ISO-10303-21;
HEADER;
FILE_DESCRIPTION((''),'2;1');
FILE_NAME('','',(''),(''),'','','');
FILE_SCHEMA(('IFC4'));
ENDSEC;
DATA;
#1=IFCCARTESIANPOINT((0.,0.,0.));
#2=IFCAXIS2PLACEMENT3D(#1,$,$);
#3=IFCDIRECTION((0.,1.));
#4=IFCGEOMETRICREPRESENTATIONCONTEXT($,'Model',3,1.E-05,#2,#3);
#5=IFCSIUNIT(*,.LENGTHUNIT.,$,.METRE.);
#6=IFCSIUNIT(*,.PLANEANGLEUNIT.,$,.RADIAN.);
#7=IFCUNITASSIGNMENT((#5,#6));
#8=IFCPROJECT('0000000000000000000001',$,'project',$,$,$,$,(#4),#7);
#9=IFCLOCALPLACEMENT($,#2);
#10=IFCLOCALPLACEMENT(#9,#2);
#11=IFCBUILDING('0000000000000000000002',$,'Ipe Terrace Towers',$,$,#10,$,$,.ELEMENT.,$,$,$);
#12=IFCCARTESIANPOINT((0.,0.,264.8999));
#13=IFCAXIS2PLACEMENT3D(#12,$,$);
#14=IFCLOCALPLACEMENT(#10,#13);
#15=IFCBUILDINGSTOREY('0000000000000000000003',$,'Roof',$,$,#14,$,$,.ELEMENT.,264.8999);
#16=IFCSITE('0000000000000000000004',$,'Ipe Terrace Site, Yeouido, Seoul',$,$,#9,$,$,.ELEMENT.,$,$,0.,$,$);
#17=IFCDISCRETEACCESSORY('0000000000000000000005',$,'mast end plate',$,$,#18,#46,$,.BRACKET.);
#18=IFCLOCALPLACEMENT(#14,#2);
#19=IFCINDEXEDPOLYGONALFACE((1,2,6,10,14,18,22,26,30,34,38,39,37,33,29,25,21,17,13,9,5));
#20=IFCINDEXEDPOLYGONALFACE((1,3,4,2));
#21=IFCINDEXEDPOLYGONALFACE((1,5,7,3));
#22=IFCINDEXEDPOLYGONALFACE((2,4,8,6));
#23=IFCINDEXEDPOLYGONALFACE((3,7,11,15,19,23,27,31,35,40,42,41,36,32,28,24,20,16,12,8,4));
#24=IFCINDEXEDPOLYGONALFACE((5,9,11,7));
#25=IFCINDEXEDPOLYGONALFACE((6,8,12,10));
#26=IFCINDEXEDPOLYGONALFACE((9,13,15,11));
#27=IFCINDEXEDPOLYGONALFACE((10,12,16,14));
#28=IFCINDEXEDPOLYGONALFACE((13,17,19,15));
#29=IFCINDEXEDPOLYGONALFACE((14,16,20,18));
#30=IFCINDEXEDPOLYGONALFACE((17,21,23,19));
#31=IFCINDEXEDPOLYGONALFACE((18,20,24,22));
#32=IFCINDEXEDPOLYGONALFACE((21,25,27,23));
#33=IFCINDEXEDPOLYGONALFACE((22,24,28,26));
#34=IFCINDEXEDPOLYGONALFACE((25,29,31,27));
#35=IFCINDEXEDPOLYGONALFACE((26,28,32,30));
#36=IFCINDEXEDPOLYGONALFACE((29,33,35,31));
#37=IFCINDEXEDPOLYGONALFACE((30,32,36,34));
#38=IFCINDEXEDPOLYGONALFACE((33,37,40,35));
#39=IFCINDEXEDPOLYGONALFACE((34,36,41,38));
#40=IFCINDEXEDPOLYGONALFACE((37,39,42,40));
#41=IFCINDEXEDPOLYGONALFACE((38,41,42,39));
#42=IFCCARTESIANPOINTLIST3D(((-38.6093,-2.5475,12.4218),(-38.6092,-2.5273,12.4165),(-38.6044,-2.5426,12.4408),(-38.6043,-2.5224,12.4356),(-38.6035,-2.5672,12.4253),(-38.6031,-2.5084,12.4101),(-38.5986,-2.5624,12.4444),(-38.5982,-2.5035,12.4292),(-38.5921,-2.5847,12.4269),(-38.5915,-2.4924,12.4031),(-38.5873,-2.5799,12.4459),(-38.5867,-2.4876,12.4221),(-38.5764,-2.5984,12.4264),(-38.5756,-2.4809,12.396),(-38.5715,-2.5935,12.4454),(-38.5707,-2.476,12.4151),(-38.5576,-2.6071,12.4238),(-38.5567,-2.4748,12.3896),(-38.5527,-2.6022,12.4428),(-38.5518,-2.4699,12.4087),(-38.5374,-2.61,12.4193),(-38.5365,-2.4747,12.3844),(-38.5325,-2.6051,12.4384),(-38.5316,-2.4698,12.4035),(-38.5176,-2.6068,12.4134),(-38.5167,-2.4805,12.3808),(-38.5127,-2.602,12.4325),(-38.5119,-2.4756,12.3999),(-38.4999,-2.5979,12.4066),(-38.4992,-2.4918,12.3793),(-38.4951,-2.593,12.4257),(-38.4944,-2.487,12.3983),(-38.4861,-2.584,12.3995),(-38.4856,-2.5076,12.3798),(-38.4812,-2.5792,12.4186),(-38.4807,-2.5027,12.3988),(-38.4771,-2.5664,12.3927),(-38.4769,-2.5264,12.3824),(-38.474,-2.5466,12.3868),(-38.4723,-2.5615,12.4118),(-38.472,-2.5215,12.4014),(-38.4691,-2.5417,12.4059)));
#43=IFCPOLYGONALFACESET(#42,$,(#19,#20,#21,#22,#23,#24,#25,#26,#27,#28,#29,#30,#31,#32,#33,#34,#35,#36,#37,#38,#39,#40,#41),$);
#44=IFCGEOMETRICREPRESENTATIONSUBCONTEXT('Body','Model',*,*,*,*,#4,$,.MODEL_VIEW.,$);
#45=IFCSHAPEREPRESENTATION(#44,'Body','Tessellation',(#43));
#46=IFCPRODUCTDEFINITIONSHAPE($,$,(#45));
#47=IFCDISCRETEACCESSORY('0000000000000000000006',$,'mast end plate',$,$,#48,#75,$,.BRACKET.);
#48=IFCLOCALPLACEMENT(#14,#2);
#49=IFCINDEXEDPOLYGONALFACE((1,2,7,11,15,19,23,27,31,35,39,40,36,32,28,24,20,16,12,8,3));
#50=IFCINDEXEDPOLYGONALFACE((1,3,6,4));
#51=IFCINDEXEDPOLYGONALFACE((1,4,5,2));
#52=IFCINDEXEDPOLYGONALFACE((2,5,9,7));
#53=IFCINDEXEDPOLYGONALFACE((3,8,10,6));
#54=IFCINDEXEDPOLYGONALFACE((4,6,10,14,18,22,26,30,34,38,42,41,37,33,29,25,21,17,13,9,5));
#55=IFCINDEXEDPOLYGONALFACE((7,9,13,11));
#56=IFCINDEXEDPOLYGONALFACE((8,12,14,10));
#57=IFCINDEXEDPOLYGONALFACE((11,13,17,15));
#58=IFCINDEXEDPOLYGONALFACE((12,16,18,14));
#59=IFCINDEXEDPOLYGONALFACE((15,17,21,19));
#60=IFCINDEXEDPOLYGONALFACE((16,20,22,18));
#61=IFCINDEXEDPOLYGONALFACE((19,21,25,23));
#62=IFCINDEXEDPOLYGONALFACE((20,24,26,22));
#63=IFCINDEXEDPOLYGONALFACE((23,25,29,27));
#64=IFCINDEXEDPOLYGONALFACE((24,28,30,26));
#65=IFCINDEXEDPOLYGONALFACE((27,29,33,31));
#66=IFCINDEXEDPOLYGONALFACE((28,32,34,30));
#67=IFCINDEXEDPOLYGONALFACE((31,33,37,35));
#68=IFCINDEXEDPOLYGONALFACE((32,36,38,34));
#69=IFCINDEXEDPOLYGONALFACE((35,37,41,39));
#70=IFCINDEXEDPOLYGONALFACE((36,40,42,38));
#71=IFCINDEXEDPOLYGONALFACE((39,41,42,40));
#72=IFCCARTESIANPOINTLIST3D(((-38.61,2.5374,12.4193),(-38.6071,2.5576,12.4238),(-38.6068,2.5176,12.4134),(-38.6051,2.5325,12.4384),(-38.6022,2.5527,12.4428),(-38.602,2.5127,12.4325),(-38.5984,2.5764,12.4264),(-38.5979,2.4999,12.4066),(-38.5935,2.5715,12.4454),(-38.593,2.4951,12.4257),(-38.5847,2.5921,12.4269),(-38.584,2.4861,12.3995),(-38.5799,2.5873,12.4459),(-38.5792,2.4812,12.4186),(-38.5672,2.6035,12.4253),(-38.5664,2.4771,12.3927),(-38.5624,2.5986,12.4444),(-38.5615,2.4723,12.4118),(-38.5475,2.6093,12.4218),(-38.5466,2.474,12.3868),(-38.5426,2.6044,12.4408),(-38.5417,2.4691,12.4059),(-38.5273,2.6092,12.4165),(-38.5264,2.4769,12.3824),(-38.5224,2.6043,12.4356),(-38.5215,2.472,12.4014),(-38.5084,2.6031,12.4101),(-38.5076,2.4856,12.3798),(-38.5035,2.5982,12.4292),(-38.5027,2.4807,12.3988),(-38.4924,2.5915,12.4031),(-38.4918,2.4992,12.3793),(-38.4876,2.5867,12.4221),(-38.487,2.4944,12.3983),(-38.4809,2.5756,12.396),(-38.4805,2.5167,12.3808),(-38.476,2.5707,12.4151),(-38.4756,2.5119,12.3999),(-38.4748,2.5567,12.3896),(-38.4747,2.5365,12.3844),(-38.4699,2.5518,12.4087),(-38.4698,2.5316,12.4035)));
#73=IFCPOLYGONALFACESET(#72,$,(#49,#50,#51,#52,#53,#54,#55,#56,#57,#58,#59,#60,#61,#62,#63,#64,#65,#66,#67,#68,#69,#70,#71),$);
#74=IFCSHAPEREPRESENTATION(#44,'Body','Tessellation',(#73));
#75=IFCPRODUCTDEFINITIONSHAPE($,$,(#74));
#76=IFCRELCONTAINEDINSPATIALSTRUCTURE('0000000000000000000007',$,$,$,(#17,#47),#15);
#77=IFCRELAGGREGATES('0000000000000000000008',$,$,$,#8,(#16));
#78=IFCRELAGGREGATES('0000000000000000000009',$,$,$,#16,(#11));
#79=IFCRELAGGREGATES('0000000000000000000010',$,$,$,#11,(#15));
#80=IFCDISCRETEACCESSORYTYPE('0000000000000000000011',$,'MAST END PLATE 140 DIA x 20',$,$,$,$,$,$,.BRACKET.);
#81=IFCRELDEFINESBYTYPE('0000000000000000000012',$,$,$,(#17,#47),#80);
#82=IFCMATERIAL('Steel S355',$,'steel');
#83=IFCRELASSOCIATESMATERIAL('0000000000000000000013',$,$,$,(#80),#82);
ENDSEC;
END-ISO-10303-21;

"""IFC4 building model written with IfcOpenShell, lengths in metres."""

from ifc_helpers import new_model, si_unit, direction, frame, origin, origin_2d, place, context, subcontext, project, spatial, circle, extrude, material, material_profile, profile_set, type_object, element, save


model = new_model("IFC4")

# Units and contexts
model_context = context("Model", 3, precision=1e-05, world=origin(), true_north=direction((0.0, 1.0)))
body_context = subcontext(model_context, "Body", "Model", "MODEL_VIEW")
ifc_project = project(units=[si_unit("LENGTHUNIT", "METRE"), si_unit("PLANEANGLEUNIT", "RADIAN")], contexts=[model_context])

# Site, building, storey
site_placement = place(None, origin())
site = spatial("IfcSite", under=ifc_project, at=site_placement, Name="Ipe Terrace Site, Yeouido, Seoul", CompositionType="ELEMENT", RefElevation=0.0)
building_placement = place(site_placement, origin())
building = spatial("IfcBuilding", under=site, at=building_placement, Name="Ipe Terrace Towers", CompositionType="ELEMENT")
storey_placement = place(building_placement, frame((0.0, 0.0, 264.8999)))
storey = spatial("IfcBuildingStorey", under=building, at=storey_placement, Name="Roof", CompositionType="ELEMENT", Elevation=264.8999)

# Discrete accessories
ifc_material_1 = material(Name="Steel S355", Category="steel")
ifc_material_profile_1 = material_profile(ifc_material_1, circle(Radius=0.0701, at=origin_2d()), Name="MAST END PLATE 140 DIA x 20")
ifc_profile_set_1 = profile_set([ifc_material_profile_1], Name="Steel S355")
discrete_accessory_type_1 = type_object("IfcDiscreteAccessoryType", Name="MAST END PLATE 140 DIA x 20", PredefinedType="BRACKET", material=ifc_profile_set_1)
for number, where, z_axis, x_axis, name in (
    (1, (-38.542, -2.542, 12.4031), (0.241051, 0.241051, 0.9401), (-0.707107, 0.707107, 0.0), "mast end plate"),
    (2, (-38.542, 2.542, 12.4031), (0.241051, -0.241051, 0.9401), (0.707107, 0.707107, 0.0), "mast end plate"),
):
    element("IfcDiscreteAccessory", number, at=place(storey_placement, frame(where, z_axis=z_axis, x_axis=x_axis)), inside=storey, type_object=discrete_accessory_type_1, Name=name, PredefinedType="BRACKET", context=body_context, shape_type="SweptSolid", body=[
        extrude(circle(Radius=0.0701, at=origin_2d()), origin(), (0.0, 0.0, 1.0), 0.0203),
    ])

save(model, "model.ifc")
